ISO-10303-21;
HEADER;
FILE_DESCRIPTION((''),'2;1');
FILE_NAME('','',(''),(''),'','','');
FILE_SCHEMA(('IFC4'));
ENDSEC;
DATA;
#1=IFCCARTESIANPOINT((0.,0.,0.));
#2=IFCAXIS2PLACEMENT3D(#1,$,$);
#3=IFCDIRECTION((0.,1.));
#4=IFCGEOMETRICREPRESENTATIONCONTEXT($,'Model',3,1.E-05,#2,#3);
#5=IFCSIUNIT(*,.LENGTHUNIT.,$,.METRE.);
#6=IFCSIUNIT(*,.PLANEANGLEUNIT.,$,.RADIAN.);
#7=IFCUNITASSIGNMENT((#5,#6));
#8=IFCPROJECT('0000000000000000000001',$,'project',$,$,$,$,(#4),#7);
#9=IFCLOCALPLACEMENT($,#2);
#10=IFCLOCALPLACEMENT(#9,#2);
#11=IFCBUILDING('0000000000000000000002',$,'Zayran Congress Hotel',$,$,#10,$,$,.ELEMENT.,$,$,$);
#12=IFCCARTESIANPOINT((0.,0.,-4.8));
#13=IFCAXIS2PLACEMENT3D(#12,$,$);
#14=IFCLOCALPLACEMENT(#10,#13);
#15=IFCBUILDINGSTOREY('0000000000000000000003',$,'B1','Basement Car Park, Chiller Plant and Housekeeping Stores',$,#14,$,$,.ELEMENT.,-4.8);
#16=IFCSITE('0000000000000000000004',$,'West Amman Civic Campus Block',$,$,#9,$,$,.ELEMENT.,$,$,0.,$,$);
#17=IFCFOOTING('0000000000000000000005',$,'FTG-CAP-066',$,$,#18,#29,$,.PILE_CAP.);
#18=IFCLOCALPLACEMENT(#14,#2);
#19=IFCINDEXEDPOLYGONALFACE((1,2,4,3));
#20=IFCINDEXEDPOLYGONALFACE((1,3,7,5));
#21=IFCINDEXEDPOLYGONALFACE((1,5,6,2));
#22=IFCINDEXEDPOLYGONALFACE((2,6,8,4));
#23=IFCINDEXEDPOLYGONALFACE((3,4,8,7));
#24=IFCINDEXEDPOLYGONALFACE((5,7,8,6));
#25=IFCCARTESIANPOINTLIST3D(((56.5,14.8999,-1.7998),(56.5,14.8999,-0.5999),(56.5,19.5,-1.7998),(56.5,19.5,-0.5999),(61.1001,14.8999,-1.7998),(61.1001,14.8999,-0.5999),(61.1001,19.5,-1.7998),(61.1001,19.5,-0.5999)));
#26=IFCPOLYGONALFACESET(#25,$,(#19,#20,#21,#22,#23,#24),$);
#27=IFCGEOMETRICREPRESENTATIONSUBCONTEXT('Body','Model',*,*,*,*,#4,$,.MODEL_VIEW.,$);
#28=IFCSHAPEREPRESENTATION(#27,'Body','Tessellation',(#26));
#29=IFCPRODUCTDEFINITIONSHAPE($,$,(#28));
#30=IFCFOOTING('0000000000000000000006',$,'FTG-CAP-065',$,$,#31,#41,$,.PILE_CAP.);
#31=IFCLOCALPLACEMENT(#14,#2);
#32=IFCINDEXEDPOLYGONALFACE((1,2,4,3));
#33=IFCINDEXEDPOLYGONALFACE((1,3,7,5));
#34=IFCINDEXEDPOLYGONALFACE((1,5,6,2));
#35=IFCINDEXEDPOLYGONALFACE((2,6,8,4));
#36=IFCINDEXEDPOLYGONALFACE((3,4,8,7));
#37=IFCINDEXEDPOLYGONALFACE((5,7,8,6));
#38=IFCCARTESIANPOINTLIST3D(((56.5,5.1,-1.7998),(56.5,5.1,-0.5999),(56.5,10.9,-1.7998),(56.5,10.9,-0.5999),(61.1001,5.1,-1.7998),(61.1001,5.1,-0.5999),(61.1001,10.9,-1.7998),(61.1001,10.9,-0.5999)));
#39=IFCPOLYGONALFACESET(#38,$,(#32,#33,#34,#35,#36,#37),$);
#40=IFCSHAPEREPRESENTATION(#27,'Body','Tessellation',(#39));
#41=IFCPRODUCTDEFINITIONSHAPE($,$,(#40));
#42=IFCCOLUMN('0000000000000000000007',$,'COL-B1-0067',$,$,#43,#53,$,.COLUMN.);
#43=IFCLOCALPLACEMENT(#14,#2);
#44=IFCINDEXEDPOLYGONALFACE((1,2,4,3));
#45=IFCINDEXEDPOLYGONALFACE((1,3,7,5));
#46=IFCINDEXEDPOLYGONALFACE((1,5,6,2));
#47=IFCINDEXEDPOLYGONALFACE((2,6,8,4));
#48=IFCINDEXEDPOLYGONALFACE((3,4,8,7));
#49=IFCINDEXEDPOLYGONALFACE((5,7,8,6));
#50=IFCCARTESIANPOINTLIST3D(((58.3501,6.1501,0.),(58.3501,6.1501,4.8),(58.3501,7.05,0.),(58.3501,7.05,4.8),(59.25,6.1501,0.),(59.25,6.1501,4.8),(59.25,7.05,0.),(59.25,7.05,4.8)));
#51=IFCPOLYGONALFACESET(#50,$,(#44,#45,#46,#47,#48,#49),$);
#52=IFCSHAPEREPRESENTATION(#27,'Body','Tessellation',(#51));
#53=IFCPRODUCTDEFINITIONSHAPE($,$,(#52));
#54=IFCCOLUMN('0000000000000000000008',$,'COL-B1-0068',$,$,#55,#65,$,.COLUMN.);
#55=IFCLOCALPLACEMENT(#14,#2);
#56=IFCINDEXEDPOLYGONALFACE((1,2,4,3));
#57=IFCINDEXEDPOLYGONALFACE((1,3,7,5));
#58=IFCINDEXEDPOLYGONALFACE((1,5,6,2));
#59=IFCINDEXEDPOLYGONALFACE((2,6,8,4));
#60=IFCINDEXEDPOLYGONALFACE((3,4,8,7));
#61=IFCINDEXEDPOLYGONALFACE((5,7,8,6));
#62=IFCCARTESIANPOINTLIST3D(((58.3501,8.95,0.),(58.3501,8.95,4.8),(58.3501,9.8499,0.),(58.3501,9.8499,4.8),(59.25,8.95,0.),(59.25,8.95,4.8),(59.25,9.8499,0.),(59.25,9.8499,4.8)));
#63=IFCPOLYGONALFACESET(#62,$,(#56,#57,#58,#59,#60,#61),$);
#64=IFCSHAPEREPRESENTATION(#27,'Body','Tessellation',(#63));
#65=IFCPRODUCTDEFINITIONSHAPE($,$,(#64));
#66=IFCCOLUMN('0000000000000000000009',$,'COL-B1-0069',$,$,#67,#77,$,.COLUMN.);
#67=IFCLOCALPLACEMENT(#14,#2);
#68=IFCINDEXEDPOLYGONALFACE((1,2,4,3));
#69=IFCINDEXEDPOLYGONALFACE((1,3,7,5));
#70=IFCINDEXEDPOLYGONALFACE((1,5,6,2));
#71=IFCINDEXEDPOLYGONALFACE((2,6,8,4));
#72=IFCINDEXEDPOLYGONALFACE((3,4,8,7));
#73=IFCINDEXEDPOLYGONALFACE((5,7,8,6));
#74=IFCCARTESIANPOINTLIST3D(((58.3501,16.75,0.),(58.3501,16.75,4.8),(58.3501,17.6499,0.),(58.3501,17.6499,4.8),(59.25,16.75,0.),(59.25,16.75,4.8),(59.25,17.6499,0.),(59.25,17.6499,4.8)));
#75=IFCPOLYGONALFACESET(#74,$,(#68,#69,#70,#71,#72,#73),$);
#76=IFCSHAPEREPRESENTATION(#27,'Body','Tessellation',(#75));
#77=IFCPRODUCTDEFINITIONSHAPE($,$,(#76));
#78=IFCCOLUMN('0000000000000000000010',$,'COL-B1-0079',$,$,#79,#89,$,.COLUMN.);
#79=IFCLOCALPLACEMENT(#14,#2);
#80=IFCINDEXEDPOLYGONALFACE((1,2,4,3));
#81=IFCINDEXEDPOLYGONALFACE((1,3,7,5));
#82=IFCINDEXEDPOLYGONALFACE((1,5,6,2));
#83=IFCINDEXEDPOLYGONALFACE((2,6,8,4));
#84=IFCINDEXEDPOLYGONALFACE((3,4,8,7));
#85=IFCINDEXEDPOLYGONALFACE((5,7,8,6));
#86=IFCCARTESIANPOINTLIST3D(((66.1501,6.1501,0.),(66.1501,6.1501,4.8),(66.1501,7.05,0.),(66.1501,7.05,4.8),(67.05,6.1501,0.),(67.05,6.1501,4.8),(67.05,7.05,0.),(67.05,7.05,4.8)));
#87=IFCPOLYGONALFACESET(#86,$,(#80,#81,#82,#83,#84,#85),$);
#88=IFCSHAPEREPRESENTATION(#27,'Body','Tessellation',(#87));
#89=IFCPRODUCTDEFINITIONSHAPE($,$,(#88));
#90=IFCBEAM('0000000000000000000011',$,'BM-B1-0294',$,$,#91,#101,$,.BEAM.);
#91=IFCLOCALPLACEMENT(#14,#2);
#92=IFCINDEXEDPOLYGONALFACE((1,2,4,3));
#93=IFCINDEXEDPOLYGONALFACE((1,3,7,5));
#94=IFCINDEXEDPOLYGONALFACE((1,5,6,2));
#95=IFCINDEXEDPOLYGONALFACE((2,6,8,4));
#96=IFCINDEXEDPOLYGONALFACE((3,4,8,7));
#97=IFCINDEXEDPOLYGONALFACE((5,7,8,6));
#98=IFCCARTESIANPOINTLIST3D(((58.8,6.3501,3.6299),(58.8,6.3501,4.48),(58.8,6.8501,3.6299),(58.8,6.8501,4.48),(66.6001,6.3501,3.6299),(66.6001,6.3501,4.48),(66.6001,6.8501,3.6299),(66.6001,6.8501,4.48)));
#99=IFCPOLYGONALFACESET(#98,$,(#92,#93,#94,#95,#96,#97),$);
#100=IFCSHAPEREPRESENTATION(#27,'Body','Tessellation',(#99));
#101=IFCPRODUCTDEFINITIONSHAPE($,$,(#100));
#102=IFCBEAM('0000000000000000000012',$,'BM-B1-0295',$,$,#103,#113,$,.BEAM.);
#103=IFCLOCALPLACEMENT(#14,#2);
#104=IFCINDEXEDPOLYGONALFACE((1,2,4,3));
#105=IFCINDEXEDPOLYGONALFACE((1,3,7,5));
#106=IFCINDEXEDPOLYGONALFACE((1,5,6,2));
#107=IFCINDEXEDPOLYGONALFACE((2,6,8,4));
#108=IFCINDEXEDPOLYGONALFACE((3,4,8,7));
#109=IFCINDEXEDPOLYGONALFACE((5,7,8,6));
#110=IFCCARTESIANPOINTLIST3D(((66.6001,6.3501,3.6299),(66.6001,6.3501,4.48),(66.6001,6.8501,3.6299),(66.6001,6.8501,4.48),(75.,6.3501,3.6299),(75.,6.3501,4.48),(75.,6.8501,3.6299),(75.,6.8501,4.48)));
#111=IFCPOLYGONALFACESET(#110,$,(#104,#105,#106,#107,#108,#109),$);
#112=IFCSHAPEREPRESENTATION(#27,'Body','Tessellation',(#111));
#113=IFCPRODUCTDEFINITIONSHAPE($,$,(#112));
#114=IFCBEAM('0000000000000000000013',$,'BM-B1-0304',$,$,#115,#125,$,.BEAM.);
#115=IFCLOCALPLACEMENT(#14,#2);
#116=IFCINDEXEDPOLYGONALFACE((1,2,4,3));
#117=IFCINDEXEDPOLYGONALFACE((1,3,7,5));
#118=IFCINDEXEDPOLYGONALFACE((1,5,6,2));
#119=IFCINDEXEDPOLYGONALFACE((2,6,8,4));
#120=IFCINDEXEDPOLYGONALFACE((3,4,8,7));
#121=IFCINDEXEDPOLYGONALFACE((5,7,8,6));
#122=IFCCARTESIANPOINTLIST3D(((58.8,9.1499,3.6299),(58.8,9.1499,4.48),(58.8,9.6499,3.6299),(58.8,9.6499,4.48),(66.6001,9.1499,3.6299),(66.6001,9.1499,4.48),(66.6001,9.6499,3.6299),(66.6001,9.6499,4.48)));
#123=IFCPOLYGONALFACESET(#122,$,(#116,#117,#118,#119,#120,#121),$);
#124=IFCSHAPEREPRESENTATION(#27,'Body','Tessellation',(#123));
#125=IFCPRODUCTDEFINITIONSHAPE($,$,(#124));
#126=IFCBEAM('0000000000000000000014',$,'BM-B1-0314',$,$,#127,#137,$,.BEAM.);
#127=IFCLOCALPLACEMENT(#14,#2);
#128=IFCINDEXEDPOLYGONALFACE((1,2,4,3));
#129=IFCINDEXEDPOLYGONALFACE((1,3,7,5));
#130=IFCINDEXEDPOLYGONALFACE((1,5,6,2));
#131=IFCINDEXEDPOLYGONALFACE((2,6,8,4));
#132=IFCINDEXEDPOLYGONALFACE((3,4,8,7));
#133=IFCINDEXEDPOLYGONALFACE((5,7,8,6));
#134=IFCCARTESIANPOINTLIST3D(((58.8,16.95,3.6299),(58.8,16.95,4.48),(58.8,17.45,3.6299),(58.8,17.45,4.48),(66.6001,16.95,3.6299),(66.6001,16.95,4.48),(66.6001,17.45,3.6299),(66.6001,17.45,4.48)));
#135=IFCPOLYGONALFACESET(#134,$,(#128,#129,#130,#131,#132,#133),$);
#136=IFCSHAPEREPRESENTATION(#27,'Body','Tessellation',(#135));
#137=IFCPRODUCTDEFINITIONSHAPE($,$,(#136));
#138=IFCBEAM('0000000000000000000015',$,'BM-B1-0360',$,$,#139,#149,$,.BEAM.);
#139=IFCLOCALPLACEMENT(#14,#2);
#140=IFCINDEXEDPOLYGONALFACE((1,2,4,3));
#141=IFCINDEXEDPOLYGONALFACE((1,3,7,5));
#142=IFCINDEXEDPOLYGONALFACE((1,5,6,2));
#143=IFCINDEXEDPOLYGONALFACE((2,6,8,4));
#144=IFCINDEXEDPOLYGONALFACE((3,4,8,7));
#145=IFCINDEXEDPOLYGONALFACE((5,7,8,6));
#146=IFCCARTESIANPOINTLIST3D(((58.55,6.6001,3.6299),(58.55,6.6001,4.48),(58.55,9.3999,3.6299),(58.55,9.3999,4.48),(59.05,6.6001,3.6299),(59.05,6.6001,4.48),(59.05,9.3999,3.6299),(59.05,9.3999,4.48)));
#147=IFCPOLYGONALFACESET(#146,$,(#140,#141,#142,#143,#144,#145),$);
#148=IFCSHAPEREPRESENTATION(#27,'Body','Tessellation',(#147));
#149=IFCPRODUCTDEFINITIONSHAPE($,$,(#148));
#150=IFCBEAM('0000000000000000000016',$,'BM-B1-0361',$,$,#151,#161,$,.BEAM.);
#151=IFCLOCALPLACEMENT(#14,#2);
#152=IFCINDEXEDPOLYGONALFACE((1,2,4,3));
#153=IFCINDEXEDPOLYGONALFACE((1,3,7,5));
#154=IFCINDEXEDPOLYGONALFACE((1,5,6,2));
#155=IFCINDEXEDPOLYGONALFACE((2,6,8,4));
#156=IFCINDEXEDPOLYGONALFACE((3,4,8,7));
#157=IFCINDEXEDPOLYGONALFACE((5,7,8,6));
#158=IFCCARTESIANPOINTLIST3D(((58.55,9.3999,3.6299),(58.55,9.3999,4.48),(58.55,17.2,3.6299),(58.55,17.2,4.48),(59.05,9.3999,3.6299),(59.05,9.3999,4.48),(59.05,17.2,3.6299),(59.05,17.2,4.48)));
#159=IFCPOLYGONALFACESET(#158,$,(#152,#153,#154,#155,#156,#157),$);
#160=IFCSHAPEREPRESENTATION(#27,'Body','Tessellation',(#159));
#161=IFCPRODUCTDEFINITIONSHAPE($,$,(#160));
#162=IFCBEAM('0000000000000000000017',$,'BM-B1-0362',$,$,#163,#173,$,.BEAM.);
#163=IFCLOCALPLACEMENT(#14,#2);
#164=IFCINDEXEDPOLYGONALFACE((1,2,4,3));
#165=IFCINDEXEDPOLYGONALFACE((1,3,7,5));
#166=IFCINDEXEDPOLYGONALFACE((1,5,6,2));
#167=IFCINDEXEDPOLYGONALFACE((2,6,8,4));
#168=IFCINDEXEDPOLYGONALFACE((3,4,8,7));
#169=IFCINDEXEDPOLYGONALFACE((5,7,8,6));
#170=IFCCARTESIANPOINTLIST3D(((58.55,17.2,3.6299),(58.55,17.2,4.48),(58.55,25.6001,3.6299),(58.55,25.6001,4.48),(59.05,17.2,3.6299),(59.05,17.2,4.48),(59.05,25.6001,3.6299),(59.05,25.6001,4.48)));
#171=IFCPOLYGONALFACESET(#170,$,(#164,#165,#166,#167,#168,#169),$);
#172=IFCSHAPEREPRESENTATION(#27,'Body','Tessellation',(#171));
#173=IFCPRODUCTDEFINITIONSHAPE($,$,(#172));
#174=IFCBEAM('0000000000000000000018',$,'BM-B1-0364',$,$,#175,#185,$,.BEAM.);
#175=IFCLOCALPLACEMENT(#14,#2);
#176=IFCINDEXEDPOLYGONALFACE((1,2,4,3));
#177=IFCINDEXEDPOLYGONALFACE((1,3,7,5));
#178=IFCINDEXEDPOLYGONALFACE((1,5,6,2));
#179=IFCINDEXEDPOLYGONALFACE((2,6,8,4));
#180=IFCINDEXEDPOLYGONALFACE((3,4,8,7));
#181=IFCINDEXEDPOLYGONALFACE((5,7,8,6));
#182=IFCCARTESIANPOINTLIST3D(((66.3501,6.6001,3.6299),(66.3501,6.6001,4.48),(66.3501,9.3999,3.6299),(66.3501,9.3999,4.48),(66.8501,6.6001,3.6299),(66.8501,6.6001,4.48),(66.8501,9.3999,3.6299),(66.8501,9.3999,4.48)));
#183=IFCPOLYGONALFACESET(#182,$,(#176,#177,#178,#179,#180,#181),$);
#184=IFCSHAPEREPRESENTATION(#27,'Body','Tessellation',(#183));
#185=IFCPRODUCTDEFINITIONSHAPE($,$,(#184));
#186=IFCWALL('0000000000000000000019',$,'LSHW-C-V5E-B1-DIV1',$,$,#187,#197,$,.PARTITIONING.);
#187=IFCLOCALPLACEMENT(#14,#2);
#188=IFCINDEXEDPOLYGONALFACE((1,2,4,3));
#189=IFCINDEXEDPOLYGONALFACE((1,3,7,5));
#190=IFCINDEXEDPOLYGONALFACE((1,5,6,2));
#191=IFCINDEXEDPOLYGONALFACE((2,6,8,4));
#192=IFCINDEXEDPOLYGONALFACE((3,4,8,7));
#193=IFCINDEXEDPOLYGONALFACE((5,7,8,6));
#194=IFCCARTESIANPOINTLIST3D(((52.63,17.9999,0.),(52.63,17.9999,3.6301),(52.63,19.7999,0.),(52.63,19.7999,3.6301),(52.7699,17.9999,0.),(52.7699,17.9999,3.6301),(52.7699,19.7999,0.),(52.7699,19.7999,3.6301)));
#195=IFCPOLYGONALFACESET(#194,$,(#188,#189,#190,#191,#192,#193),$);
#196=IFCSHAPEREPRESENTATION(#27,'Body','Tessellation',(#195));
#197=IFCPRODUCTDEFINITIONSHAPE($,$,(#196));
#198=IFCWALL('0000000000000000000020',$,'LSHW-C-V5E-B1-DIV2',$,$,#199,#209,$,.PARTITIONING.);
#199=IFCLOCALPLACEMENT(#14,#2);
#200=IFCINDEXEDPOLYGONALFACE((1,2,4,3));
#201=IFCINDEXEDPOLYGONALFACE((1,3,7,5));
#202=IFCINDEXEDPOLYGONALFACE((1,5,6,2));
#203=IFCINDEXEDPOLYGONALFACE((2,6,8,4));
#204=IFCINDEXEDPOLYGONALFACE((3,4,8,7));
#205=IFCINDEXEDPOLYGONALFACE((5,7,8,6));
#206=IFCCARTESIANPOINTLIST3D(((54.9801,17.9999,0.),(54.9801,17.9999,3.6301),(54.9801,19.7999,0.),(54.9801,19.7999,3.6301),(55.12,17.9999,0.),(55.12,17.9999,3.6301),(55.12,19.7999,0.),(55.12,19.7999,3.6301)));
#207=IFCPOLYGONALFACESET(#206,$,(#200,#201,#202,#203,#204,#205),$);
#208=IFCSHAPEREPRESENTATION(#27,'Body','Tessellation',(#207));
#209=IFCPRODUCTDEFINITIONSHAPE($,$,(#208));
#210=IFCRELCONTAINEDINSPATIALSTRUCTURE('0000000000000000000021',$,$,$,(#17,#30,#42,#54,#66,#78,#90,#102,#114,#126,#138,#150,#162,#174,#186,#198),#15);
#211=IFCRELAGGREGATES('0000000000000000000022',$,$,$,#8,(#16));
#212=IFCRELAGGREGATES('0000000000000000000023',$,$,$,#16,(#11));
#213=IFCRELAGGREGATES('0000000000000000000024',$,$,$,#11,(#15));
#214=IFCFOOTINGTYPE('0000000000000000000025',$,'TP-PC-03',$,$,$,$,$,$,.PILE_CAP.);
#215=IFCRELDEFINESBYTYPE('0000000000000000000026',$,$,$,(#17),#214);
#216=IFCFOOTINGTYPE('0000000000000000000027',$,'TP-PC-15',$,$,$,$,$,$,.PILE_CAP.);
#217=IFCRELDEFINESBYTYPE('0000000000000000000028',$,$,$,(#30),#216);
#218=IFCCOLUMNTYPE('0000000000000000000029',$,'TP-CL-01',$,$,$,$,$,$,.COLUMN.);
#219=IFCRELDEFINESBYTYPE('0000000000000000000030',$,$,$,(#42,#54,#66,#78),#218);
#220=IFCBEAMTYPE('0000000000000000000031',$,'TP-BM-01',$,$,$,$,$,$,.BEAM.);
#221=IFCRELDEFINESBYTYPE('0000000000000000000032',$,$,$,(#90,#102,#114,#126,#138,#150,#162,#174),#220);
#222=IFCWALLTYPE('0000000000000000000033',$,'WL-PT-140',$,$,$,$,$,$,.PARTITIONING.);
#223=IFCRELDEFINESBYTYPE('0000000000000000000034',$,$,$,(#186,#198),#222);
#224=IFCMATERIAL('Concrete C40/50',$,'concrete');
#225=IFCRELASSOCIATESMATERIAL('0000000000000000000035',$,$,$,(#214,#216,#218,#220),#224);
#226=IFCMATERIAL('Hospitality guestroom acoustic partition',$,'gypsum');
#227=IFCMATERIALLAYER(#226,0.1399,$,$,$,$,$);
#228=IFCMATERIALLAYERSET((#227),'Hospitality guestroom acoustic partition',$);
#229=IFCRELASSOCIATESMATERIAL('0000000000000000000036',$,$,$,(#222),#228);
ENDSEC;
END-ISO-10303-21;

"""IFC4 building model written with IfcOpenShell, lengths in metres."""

from ifc_helpers import new_model, si_unit, direction, frame, frame_2d, origin, origin_2d, place, context, subcontext, project, spatial, rectangle, extrude, material, layer, layer_set, material_profile, profile_set, type_object, element, save


model = new_model("IFC4")

# Units and contexts
model_context = context("Model", 3, precision=1e-05, world=origin(), true_north=direction((0.0, 1.0)))
body_context = subcontext(model_context, "Body", "Model", "MODEL_VIEW")
ifc_project = project(units=[si_unit("LENGTHUNIT", "METRE"), si_unit("PLANEANGLEUNIT", "RADIAN")], contexts=[model_context])

# Site, building, storey
site_placement = place(None, origin())
site = spatial("IfcSite", under=ifc_project, at=site_placement, Name="West Amman Civic Campus Block", CompositionType="ELEMENT", RefElevation=0.0)
building_placement = place(site_placement, origin())
building = spatial("IfcBuilding", under=site, at=building_placement, Name="Zayran Congress Hotel", CompositionType="ELEMENT")
storey_placement = place(building_placement, frame((0.0, 0.0, -4.8)))
storey = spatial("IfcBuildingStorey", under=building, at=storey_placement, Name="B1", Description="Basement Car Park, Chiller Plant and Housekeeping Stores", CompositionType="ELEMENT", Elevation=-4.8)

# Shared definitions
ifc_material_1 = material(Name="Concrete C40/50", Category="concrete")

# Footings
footing_type_1 = type_object("IfcFootingType", Name="TP-PC-03", PredefinedType="PILE_CAP", material=ifc_material_1)
footing_1_placement = place(storey_placement, frame((58.8, 17.2, -1.7998), z_axis=(0.0, 0.0, 1.0), x_axis=(1.0, 0.0, 0.0)))
element("IfcFooting", 1, at=footing_1_placement, inside=storey, type_object=footing_type_1, Name="FTG-CAP-066", PredefinedType="PILE_CAP", context=body_context, shape_type="SweptSolid", body=[
    extrude(rectangle(XDim=4.6001, YDim=4.6001, at=origin_2d()), origin(), (0.0, 0.0, 1.0), 1.2),
])
footing_type_2 = type_object("IfcFootingType", Name="TP-PC-15", PredefinedType="PILE_CAP", material=ifc_material_1)
footing_2_placement = place(storey_placement, frame((58.8, 8.0, -1.7998), z_axis=(0.0, 0.0, 1.0), x_axis=(1.0, 0.0, 0.0)))
element("IfcFooting", 2, at=footing_2_placement, inside=storey, type_object=footing_type_2, Name="FTG-CAP-065", PredefinedType="PILE_CAP", context=body_context, shape_type="SweptSolid", body=[
    extrude(rectangle(XDim=4.6001, YDim=5.8, at=origin_2d()), origin(), (0.0, 0.0, 1.0), 1.2),
])

# Columns
ifc_material_profile_1 = material_profile(ifc_material_1, rectangle(XDim=0.8999, YDim=0.8999, at=origin_2d()), Name="RC 900x900")
ifc_profile_set_1 = profile_set([ifc_material_profile_1], Name="Concrete C40/50")
column_type = type_object("IfcColumnType", Name="TP-CL-01", PredefinedType="COLUMN", material=ifc_profile_set_1)
for number, where, z_axis, x_axis, name in (
    (3, (58.8, 6.6001, 0.0), (0.0, 0.0, 1.0), (1.0, 0.0, 0.0), "COL-B1-0067"),
    (4, (58.8, 9.3999, 0.0), (0.0, 0.0, 1.0), (1.0, 0.0, 0.0), "COL-B1-0068"),
    (5, (58.8, 17.2, 0.0), (0.0, 0.0, 1.0), (1.0, 0.0, 0.0), "COL-B1-0069"),
    (6, (66.6001, 6.6001, 0.0), (0.0, 0.0, 1.0), (1.0, 0.0, 0.0), "COL-B1-0079"),
):
    element("IfcColumn", number, at=place(storey_placement, frame(where, z_axis=z_axis, x_axis=x_axis)), inside=storey, type_object=column_type, Name=name, PredefinedType="COLUMN", context=body_context, shape_type="SweptSolid", body=[
        extrude(rectangle(XDim=0.8999, YDim=0.8999, at=origin_2d()), origin(), (0.0, 0.0, 1.0), 4.8),
    ])

# Beams
ifc_material_profile_2 = material_profile(ifc_material_1, rectangle(XDim=0.5, YDim=0.8501, at=origin_2d()), Name="RC 500x850")
ifc_profile_set_2 = profile_set([ifc_material_profile_2], Name="Concrete C40/50")
beam_type = type_object("IfcBeamType", Name="TP-BM-01", PredefinedType="BEAM", material=ifc_profile_set_2)
beam_1_placement = place(storey_placement, frame((58.8, 6.6001, 4.0549), z_axis=(1.0, 0.0, 0.0), x_axis=(0.0, 1.0, 0.0)))
element("IfcBeam", 7, at=beam_1_placement, inside=storey, type_object=beam_type, Name="BM-B1-0294", PredefinedType="BEAM", context=body_context, shape_type="SweptSolid", body=[
    extrude(rectangle(XDim=0.5, YDim=0.8501, at=origin_2d()), origin(), (0.0, 0.0, 1.0), 7.8),
])
beam_2_placement = place(storey_placement, frame((66.6001, 6.6001, 4.0549), z_axis=(1.0, 0.0, 0.0), x_axis=(0.0, 1.0, 0.0)))
element("IfcBeam", 8, at=beam_2_placement, inside=storey, type_object=beam_type, Name="BM-B1-0295", PredefinedType="BEAM", context=body_context, shape_type="SweptSolid", body=[
    extrude(rectangle(XDim=0.5, YDim=0.8501, at=origin_2d()), origin(), (0.0, 0.0, 1.0), 8.3999),
])
for number, where, z_axis, x_axis, name in (
    (9, (58.8, 9.3999, 4.0549), (1.0, 0.0, 0.0), (0.0, 1.0, 0.0), "BM-B1-0304"),
    (10, (58.8, 17.2, 4.0549), (1.0, 0.0, 0.0), (0.0, 1.0, 0.0), "BM-B1-0314"),
):
    element("IfcBeam", number, at=place(storey_placement, frame(where, z_axis=z_axis, x_axis=x_axis)), inside=storey, type_object=beam_type, Name=name, PredefinedType="BEAM", context=body_context, shape_type="SweptSolid", body=[
        extrude(rectangle(XDim=0.5, YDim=0.8501, at=origin_2d()), origin(), (0.0, 0.0, 1.0), 7.8),
    ])
beam_3_placement = place(storey_placement, frame((58.8, 6.6001, 4.0549), z_axis=(0.0, 1.0, 0.0), x_axis=(-1.0, 0.0, 0.0)))
element("IfcBeam", 11, at=beam_3_placement, inside=storey, type_object=beam_type, Name="BM-B1-0360", PredefinedType="BEAM", context=body_context, shape_type="SweptSolid", body=[
    extrude(rectangle(XDim=0.5, YDim=0.8501, at=origin_2d()), origin(), (0.0, 0.0, 1.0), 2.7998),
])
beam_4_placement = place(storey_placement, frame((58.8, 9.3999, 4.0549), z_axis=(0.0, 1.0, 0.0), x_axis=(-1.0, 0.0, 0.0)))
element("IfcBeam", 12, at=beam_4_placement, inside=storey, type_object=beam_type, Name="BM-B1-0361", PredefinedType="BEAM", context=body_context, shape_type="SweptSolid", body=[
    extrude(rectangle(XDim=0.5, YDim=0.8501, at=origin_2d()), origin(), (0.0, 0.0, 1.0), 7.8),
])
beam_5_placement = place(storey_placement, frame((58.8, 17.2, 4.0549), z_axis=(0.0, 1.0, 0.0), x_axis=(-1.0, 0.0, 0.0)))
element("IfcBeam", 13, at=beam_5_placement, inside=storey, type_object=beam_type, Name="BM-B1-0362", PredefinedType="BEAM", context=body_context, shape_type="SweptSolid", body=[
    extrude(rectangle(XDim=0.5, YDim=0.8501, at=origin_2d()), origin(), (0.0, 0.0, 1.0), 8.4001),
])
beam_6_placement = place(storey_placement, frame((66.6001, 6.6001, 4.0549), z_axis=(0.0, 1.0, 0.0), x_axis=(-1.0, 0.0, 0.0)))
element("IfcBeam", 14, at=beam_6_placement, inside=storey, type_object=beam_type, Name="BM-B1-0364", PredefinedType="BEAM", context=body_context, shape_type="SweptSolid", body=[
    extrude(rectangle(XDim=0.5, YDim=0.8501, at=origin_2d()), origin(), (0.0, 0.0, 1.0), 2.7998),
])

# Walls
ifc_material_2 = material(Name="Hospitality guestroom acoustic partition", Category="gypsum")
ifc_layer = layer(ifc_material_2, 0.1399)
ifc_layer_set = layer_set([ifc_layer], Name="Hospitality guestroom acoustic partition")
wall_type = type_object("IfcWallType", Name="WL-PT-140", PredefinedType="PARTITIONING", material=ifc_layer_set)
for number, where, z_axis, x_axis, name in (
    (15, (52.7, 18.0, 0.0), (0.0, 0.0, 1.0), (0.0, 1.0, 0.0), "LSHW-C-V5E-B1-DIV1"),
    (16, (55.05, 18.0, 0.0), (0.0, 0.0, 1.0), (0.0, 1.0, 0.0), "LSHW-C-V5E-B1-DIV2"),
):
    element("IfcWall", number, at=place(storey_placement, frame(where, z_axis=z_axis, x_axis=x_axis)), inside=storey, type_object=wall_type, Name=name, PredefinedType="PARTITIONING", context=body_context, shape_type="SweptSolid", body=[
        extrude(rectangle(XDim=1.8, YDim=0.1399, at=frame_2d((0.8999, 0.0))), origin(), (0.0, 0.0, 1.0), 3.6301),
    ])

save(model, "model.ifc")
